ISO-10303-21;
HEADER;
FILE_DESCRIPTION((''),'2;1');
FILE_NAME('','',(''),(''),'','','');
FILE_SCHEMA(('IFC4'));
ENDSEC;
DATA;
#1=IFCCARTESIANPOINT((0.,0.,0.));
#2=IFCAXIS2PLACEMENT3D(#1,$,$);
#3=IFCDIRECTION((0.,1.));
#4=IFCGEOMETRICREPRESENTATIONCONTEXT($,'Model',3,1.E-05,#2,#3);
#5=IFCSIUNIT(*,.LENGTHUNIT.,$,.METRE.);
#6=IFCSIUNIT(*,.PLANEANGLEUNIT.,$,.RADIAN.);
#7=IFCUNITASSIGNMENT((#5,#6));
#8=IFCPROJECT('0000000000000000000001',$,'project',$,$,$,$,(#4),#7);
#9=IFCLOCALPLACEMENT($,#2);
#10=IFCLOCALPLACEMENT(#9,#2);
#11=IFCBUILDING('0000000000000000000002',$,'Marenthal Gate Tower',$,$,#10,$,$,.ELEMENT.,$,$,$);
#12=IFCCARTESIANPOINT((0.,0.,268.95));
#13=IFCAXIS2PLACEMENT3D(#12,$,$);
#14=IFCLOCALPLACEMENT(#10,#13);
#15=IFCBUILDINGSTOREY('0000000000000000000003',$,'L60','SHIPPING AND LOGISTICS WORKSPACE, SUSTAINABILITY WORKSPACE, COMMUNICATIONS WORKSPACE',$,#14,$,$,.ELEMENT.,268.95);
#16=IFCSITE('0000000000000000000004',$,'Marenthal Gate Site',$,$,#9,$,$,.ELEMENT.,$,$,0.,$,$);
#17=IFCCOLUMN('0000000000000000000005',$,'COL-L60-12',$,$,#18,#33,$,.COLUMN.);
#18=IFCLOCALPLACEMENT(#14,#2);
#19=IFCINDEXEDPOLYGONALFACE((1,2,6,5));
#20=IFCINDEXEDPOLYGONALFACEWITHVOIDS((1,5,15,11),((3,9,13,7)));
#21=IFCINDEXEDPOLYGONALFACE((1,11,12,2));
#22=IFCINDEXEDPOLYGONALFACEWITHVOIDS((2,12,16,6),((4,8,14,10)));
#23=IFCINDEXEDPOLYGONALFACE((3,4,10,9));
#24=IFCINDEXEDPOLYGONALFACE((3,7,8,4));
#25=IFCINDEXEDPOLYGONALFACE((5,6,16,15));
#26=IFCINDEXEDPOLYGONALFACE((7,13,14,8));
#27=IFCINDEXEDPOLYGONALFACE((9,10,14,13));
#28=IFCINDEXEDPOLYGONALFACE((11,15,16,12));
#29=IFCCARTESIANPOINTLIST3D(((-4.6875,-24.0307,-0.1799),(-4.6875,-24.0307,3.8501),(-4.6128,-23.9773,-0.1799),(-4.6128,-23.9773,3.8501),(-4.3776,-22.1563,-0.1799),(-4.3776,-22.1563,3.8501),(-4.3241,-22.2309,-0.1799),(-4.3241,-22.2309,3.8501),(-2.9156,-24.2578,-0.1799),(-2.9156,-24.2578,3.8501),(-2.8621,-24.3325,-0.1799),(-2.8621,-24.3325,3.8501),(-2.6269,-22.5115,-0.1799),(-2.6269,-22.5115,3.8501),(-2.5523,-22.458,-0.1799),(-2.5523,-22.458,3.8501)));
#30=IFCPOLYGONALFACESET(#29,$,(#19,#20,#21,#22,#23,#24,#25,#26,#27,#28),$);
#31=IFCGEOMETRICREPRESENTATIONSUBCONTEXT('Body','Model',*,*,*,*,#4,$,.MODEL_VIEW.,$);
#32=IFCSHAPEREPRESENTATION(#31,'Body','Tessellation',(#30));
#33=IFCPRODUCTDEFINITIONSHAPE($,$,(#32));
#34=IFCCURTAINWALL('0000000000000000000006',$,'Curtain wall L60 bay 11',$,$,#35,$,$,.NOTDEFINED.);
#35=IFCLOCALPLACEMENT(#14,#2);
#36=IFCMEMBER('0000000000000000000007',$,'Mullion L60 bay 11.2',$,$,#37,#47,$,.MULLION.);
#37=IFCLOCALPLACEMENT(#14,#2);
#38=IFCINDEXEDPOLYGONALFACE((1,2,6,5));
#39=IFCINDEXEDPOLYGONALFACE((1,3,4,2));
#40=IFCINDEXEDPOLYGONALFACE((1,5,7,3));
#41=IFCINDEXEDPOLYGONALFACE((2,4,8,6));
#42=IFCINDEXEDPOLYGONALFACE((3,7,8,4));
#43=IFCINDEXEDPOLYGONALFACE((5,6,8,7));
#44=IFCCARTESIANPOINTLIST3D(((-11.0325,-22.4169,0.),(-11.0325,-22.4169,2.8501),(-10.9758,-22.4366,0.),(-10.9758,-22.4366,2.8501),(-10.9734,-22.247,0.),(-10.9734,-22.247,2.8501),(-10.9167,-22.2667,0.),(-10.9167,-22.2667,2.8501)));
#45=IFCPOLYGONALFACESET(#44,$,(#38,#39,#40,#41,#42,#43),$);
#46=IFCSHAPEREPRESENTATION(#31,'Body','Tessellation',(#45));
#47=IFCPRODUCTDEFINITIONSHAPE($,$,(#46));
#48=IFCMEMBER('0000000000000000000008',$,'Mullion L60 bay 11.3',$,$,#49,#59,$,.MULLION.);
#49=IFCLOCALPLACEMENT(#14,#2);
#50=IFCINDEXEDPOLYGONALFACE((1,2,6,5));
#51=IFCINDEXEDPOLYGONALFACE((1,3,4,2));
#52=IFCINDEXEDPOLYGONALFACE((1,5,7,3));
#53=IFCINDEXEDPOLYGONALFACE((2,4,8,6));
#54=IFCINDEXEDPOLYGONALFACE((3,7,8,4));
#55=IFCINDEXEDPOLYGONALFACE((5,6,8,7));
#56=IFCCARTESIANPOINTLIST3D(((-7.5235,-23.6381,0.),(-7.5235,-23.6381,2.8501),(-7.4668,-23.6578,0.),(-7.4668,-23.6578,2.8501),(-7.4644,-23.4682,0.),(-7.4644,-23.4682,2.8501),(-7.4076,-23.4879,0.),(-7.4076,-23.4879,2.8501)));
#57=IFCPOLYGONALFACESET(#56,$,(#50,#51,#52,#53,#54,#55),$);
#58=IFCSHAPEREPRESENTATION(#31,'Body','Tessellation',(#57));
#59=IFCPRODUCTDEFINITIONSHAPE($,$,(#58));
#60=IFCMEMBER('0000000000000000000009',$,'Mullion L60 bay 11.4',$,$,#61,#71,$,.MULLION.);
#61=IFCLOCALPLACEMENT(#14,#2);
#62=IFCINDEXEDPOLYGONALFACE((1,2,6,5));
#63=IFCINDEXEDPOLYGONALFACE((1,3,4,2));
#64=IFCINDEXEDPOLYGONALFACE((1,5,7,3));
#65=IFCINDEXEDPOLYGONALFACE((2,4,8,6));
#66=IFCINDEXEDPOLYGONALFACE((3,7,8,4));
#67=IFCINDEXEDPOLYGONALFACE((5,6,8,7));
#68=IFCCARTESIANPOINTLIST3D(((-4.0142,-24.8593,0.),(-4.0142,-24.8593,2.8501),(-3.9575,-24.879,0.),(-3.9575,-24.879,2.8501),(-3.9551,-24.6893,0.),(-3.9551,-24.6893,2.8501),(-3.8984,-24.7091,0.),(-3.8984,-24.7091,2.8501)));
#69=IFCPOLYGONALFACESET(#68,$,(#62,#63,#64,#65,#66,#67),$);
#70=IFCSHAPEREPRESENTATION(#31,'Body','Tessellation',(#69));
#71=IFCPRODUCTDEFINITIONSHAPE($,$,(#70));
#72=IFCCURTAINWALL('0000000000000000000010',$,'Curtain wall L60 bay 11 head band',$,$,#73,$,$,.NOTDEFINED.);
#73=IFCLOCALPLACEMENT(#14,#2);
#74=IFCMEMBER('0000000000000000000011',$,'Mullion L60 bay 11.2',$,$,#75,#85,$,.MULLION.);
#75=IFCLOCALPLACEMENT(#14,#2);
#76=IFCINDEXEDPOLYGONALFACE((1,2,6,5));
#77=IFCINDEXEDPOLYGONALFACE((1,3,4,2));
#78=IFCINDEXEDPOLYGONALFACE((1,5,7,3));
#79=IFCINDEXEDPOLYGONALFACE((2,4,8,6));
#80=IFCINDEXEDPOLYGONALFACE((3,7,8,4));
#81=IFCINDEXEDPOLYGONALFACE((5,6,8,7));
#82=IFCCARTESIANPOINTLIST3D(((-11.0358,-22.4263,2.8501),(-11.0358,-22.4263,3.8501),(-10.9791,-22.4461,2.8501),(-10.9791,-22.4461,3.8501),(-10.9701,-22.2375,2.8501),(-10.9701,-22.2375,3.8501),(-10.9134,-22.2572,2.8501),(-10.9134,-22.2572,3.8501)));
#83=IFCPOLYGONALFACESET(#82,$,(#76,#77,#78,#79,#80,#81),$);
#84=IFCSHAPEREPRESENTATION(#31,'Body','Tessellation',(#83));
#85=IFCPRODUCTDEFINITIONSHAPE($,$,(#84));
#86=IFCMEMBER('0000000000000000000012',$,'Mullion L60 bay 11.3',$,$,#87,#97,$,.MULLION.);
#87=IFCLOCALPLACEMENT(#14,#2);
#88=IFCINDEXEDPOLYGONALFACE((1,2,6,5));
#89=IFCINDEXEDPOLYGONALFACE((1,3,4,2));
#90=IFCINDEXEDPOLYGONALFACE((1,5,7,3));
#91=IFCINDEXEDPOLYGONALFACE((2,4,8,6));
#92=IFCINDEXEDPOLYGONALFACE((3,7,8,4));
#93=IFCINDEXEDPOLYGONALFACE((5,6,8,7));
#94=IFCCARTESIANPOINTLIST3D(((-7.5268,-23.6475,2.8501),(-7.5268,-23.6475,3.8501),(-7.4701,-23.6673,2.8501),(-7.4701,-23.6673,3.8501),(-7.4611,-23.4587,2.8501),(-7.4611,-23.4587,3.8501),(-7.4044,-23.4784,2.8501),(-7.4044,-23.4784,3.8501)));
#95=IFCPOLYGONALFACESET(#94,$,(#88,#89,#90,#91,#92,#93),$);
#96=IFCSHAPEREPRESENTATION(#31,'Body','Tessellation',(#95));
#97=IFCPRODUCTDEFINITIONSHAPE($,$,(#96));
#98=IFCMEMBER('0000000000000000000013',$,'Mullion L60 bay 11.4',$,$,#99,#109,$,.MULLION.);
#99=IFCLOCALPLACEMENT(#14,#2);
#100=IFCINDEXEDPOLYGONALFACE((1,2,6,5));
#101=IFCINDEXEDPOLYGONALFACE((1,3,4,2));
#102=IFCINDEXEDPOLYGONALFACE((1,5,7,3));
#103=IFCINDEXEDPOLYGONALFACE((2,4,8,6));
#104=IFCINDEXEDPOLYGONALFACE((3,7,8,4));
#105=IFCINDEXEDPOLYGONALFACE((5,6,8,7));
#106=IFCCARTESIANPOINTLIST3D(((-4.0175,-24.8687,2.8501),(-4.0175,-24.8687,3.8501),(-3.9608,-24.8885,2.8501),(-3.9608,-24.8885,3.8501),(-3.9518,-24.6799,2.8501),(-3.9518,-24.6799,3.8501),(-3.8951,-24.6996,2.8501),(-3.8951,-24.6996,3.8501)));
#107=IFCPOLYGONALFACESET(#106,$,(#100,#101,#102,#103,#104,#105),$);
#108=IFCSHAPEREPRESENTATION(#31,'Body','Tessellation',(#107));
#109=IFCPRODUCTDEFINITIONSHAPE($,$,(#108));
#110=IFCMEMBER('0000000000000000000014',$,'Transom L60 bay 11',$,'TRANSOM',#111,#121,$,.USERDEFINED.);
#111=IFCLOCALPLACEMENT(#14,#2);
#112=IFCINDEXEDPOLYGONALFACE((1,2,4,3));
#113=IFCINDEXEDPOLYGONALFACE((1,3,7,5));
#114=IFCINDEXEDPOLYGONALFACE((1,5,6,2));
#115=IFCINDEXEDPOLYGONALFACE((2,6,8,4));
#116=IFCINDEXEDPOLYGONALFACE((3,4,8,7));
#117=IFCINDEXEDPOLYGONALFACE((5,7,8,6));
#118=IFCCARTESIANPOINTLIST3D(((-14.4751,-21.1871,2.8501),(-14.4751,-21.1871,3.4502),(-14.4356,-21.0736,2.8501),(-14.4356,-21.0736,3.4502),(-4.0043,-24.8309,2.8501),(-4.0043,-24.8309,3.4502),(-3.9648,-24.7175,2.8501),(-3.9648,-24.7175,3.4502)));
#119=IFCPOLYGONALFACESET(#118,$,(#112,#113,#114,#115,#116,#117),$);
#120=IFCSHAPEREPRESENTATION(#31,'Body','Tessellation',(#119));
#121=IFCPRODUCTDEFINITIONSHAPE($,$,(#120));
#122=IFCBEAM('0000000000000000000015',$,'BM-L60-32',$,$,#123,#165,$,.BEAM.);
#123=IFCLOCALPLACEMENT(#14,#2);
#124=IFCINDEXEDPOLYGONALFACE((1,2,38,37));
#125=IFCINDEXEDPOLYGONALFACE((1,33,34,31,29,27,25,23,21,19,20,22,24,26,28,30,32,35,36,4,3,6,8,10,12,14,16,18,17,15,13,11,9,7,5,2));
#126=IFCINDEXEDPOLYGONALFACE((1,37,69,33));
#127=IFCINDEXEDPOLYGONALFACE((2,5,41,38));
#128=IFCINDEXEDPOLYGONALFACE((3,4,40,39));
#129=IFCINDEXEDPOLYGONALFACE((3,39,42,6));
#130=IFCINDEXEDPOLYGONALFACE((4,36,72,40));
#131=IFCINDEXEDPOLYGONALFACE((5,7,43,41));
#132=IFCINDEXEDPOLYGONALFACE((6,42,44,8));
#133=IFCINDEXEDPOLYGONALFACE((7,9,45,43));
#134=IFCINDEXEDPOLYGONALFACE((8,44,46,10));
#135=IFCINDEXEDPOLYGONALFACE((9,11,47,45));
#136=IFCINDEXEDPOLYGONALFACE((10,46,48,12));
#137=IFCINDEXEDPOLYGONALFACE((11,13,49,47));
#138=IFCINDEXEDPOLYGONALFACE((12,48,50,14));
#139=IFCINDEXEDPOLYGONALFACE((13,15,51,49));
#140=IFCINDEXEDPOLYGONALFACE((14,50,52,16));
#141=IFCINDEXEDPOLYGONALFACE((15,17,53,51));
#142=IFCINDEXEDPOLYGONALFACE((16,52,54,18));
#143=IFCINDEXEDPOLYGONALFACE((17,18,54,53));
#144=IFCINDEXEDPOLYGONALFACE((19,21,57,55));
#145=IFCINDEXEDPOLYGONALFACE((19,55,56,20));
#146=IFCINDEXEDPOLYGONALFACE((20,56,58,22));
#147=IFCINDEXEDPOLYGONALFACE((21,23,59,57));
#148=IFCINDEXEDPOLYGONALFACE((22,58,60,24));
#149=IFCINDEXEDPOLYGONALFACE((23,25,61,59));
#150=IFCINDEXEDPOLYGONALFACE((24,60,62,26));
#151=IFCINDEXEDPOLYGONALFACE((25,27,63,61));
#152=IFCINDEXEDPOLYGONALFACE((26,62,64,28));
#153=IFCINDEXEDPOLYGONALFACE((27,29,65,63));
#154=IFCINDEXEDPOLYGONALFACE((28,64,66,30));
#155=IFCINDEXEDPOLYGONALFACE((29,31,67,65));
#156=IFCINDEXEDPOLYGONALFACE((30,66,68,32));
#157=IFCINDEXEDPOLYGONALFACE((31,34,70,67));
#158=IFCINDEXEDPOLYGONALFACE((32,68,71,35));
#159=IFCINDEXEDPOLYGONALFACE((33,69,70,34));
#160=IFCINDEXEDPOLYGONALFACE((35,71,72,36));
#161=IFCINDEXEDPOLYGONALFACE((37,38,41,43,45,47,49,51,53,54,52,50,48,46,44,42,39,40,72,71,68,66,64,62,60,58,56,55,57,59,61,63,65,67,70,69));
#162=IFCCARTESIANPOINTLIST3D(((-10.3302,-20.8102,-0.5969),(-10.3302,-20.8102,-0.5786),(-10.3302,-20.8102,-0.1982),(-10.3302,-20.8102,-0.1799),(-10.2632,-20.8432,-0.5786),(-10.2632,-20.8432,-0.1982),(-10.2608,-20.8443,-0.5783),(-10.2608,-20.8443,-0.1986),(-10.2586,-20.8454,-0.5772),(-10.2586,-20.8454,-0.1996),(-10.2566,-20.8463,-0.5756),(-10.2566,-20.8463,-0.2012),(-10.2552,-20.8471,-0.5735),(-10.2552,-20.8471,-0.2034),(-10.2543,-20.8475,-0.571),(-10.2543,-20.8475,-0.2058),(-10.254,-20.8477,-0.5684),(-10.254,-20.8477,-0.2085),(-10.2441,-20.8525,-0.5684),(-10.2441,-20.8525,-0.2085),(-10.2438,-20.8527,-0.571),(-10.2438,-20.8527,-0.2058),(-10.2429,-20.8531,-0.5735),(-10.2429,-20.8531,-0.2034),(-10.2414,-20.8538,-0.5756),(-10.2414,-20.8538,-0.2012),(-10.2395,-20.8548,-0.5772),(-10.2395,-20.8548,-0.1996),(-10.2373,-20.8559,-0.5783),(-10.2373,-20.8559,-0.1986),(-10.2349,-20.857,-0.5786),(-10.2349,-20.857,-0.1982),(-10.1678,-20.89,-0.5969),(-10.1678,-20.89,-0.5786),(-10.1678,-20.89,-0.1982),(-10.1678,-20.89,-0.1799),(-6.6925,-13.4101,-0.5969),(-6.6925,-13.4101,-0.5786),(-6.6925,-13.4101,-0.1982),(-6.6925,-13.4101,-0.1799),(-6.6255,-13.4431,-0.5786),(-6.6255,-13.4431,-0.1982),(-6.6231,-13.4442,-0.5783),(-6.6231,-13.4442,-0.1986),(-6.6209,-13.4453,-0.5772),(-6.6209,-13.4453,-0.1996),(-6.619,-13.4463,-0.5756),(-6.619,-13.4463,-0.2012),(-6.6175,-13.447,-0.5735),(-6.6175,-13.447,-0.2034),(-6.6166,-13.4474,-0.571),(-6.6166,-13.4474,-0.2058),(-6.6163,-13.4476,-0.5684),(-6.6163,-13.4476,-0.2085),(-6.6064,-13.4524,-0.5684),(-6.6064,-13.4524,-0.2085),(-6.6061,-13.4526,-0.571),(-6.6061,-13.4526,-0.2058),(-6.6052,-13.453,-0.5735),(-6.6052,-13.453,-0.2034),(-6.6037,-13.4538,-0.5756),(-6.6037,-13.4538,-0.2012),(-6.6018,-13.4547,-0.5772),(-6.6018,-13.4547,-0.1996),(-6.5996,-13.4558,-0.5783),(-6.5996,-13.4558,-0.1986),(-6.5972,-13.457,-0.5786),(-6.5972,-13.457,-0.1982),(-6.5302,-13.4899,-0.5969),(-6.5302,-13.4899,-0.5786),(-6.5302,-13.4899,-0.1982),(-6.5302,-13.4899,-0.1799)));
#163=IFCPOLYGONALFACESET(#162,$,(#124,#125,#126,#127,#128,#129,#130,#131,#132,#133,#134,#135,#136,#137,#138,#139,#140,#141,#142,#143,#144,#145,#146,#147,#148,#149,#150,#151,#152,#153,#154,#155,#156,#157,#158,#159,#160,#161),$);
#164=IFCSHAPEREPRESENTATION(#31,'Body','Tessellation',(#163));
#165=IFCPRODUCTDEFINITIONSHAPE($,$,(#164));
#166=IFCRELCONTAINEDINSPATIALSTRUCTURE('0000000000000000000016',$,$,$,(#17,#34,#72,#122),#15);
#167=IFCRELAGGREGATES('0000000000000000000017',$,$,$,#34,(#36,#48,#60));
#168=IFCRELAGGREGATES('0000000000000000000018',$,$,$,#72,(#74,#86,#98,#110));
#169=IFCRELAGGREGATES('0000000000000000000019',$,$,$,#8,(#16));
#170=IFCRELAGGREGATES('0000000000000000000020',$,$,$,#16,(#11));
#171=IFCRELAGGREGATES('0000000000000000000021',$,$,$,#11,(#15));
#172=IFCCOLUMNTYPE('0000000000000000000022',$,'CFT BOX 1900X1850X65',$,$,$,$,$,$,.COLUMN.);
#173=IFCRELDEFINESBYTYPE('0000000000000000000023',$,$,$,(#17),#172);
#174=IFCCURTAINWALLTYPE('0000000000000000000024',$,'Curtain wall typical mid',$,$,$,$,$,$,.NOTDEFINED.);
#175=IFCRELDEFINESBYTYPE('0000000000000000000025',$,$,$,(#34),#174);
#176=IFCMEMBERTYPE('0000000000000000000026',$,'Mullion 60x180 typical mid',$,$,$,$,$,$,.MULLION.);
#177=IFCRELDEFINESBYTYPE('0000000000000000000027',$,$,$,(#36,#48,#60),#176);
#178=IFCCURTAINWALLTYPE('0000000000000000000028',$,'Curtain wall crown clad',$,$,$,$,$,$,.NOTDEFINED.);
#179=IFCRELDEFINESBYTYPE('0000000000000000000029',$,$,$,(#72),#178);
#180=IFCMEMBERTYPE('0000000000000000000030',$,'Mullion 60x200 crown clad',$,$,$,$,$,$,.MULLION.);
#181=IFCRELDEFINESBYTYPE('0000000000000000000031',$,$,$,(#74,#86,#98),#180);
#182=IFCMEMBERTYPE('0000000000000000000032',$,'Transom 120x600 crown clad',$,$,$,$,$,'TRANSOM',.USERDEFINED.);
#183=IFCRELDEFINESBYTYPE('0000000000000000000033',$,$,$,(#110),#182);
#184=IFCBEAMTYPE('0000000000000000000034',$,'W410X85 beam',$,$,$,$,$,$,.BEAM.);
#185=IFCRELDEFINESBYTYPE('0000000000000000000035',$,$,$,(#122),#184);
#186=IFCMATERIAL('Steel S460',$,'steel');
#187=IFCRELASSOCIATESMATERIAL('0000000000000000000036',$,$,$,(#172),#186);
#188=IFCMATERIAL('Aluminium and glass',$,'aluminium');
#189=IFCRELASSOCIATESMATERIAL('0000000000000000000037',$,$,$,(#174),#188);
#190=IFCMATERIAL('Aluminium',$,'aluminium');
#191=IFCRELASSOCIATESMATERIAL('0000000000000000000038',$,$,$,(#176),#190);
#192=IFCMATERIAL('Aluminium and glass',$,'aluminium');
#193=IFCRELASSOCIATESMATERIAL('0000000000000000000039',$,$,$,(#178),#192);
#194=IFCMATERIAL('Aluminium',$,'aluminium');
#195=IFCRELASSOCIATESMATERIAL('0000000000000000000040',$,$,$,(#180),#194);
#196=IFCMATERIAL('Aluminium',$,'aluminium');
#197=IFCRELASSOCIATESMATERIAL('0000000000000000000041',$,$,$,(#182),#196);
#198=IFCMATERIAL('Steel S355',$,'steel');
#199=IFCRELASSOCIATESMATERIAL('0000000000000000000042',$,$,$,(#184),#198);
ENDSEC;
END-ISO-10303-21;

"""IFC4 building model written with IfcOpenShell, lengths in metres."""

from ifc_helpers import new_model, si_unit, direction, frame, origin, origin_2d, place, context, subcontext, project, spatial, rectangle, hollow_rectangle, i_section, extrude, material, material_profile, profile_set, type_object, element, aggregate, save


model = new_model("IFC4")

# Units and contexts
model_context = context("Model", 3, precision=1e-05, world=origin(), true_north=direction((0.0, 1.0)))
body_context = subcontext(model_context, "Body", "Model", "MODEL_VIEW")
ifc_project = project(units=[si_unit("LENGTHUNIT", "METRE"), si_unit("PLANEANGLEUNIT", "RADIAN")], contexts=[model_context])

# Site, building, storey
site_placement = place(None, origin())
site = spatial("IfcSite", under=ifc_project, at=site_placement, Name="Marenthal Gate Site", CompositionType="ELEMENT", RefElevation=0.0)
building_placement = place(site_placement, origin())
building = spatial("IfcBuilding", under=site, at=building_placement, Name="Marenthal Gate Tower", CompositionType="ELEMENT")
storey_placement = place(building_placement, frame((0.0, 0.0, 268.95)))
storey = spatial("IfcBuildingStorey", under=building, at=storey_placement, Name="L60", Description="SHIPPING AND LOGISTICS WORKSPACE, SUSTAINABILITY WORKSPACE, COMMUNICATIONS WORKSPACE", CompositionType="ELEMENT", Elevation=268.95)

# Column
ifc_material_1 = material(Name="Steel S460", Category="steel")
ifc_material_profile_1 = material_profile(ifc_material_1, hollow_rectangle(XDim=1.8501, YDim=1.8999, WallThickness=0.0649, at=origin_2d()), Name="CFT BOX 1900X1850X65")
ifc_material_2 = material(Name="Concrete 70 MPa", Category="concrete")
ifc_material_profile_2 = material_profile(ifc_material_2, rectangle(XDim=1.72, YDim=1.77, at=origin_2d()), Name="CFT BOX 1900X1850X65 INFILL")
ifc_profile_set_1 = profile_set([ifc_material_profile_1, ifc_material_profile_2], Name="Steel S460 shell, Concrete 70 MPa infill")
column_type = type_object("IfcColumnType", Name="CFT BOX 1900X1850X65", PredefinedType="COLUMN", material=ifc_profile_set_1)
column_placement = place(storey_placement, frame((-3.6199, -23.2444, -0.1799), z_axis=(0.0, 0.0, 1.0), x_axis=(-0.98661, 0.163097, 0.0)))
element("IfcColumn", 1, at=column_placement, inside=storey, type_object=column_type, Name="COL-L60-12", PredefinedType="COLUMN", context=body_context, shape_type="SweptSolid", body=[
    extrude(hollow_rectangle(XDim=1.8501, YDim=1.8999, WallThickness=0.0649, at=origin_2d()), origin(), (0.0, 0.0, 1.0), 4.03),
])

# Curtain walls, members
ifc_material_3 = material(Name="Aluminium and glass", Category="aluminium")
curtain_wall_type_1 = type_object("IfcCurtainWallType", Name="Curtain wall typical mid", PredefinedType="NOTDEFINED", material=ifc_material_3)
curtain_wall_1_placement = place(storey_placement, origin())
curtain_wall_1 = element("IfcCurtainWall", 2, at=curtain_wall_1_placement, inside=storey, type_object=curtain_wall_type_1, Name="Curtain wall L60 bay 11", PredefinedType="NOTDEFINED")
ifc_material_4 = material(Name="Aluminium", Category="aluminium")
ifc_material_profile_3 = material_profile(ifc_material_4, rectangle(XDim=0.1799, YDim=0.0601, at=origin_2d()), Name="60x180 aluminium mullion")
ifc_profile_set_2 = profile_set([ifc_material_profile_3], Name="Aluminium")
member_type_1 = type_object("IfcMemberType", Name="Mullion 60x180 typical mid", PredefinedType="MULLION", material=ifc_profile_set_2)
member_1_placement = place(storey_placement, frame((-10.9746, -22.3418, 0.0), z_axis=(0.0, 0.0, 1.0), x_axis=(0.32867, 0.944445, 0.0)))
member_1 = element("IfcMember", 3, at=member_1_placement, type_object=member_type_1, Name="Mullion L60 bay 11.2", PredefinedType="MULLION", context=body_context, shape_type="SweptSolid", body=[
    extrude(rectangle(XDim=0.1799, YDim=0.0601, at=origin_2d()), origin(), (0.0, 0.0, 1.0), 2.8501),
])
member_2_placement = place(storey_placement, frame((-7.4656, -23.563, 0.0), z_axis=(0.0, 0.0, 1.0), x_axis=(0.32867, 0.944445, 0.0)))
member_2 = element("IfcMember", 4, at=member_2_placement, type_object=member_type_1, Name="Mullion L60 bay 11.3", PredefinedType="MULLION", context=body_context, shape_type="SweptSolid", body=[
    extrude(rectangle(XDim=0.1799, YDim=0.0601, at=origin_2d()), origin(), (0.0, 0.0, 1.0), 2.8501),
])
member_3_placement = place(storey_placement, frame((-3.9563, -24.7842, 0.0), z_axis=(0.0, 0.0, 1.0), x_axis=(0.32867, 0.944445, 0.0)))
member_3 = element("IfcMember", 5, at=member_3_placement, type_object=member_type_1, Name="Mullion L60 bay 11.4", PredefinedType="MULLION", context=body_context, shape_type="SweptSolid", body=[
    extrude(rectangle(XDim=0.1799, YDim=0.0601, at=origin_2d()), origin(), (0.0, 0.0, 1.0), 2.8501),
])
ifc_material_5 = material(Name="Aluminium and glass", Category="aluminium")
curtain_wall_type_2 = type_object("IfcCurtainWallType", Name="Curtain wall crown clad", PredefinedType="NOTDEFINED", material=ifc_material_5)
curtain_wall_2_placement = place(storey_placement, origin())
curtain_wall_2 = element("IfcCurtainWall", 6, at=curtain_wall_2_placement, inside=storey, type_object=curtain_wall_type_2, Name="Curtain wall L60 bay 11 head band", PredefinedType="NOTDEFINED")
ifc_material_6 = material(Name="Aluminium", Category="aluminium")
ifc_material_profile_4 = material_profile(ifc_material_6, rectangle(XDim=0.2, YDim=0.0601, at=origin_2d()), Name="60x200 aluminium mullion")
ifc_profile_set_3 = profile_set([ifc_material_profile_4], Name="Aluminium")
member_type_2 = type_object("IfcMemberType", Name="Mullion 60x200 crown clad", PredefinedType="MULLION", material=ifc_profile_set_3)
member_4_placement = place(storey_placement, frame((-10.9746, -22.3418, 2.8501), z_axis=(0.0, 0.0, 1.0), x_axis=(0.32867, 0.944445, 0.0)))
member_4 = element("IfcMember", 7, at=member_4_placement, type_object=member_type_2, Name="Mullion L60 bay 11.2", PredefinedType="MULLION", context=body_context, shape_type="SweptSolid", body=[
    extrude(rectangle(XDim=0.2, YDim=0.0601, at=origin_2d()), origin(), (0.0, 0.0, 1.0), 1.0),
])
member_5_placement = place(storey_placement, frame((-7.4656, -23.563, 2.8501), z_axis=(0.0, 0.0, 1.0), x_axis=(0.32867, 0.944445, 0.0)))
member_5 = element("IfcMember", 8, at=member_5_placement, type_object=member_type_2, Name="Mullion L60 bay 11.3", PredefinedType="MULLION", context=body_context, shape_type="SweptSolid", body=[
    extrude(rectangle(XDim=0.2, YDim=0.0601, at=origin_2d()), origin(), (0.0, 0.0, 1.0), 1.0),
])
member_6_placement = place(storey_placement, frame((-3.9563, -24.7842, 2.8501), z_axis=(0.0, 0.0, 1.0), x_axis=(0.32867, 0.944445, 0.0)))
member_6 = element("IfcMember", 9, at=member_6_placement, type_object=member_type_2, Name="Mullion L60 bay 11.4", PredefinedType="MULLION", context=body_context, shape_type="SweptSolid", body=[
    extrude(rectangle(XDim=0.2, YDim=0.0601, at=origin_2d()), origin(), (0.0, 0.0, 1.0), 1.0),
])
ifc_material_7 = material(Name="Aluminium", Category="aluminium")
ifc_material_profile_5 = material_profile(ifc_material_7, rectangle(XDim=0.1201, YDim=0.6001, at=origin_2d()), Name="120x600 aluminium transom")
ifc_profile_set_4 = profile_set([ifc_material_profile_5], Name="Aluminium")
member_type_3 = type_object("IfcMemberType", Name="Transom 120x600 crown clad", ElementType="TRANSOM", PredefinedType="USERDEFINED", material=ifc_profile_set_4)
member_7_placement = place(storey_placement, frame((-14.4553, -21.1304, 3.1501), z_axis=(0.944446, -0.328667, 0.0), x_axis=(0.328667, 0.944446, 0.0)))
member_7 = element("IfcMember", 10, at=member_7_placement, type_object=member_type_3, Name="Transom L60 bay 11", ObjectType="TRANSOM", PredefinedType="USERDEFINED", context=body_context, shape_type="SweptSolid", body=[
    extrude(rectangle(XDim=0.1201, YDim=0.6001, at=origin_2d()), origin(), (0.0, 0.0, 1.0), 11.0867),
])

# Beam
ifc_material_8 = material(Name="Steel S355", Category="steel")
ifc_material_profile_6 = material_profile(ifc_material_8, i_section(OverallWidth=0.1809, OverallDepth=0.417, WebThickness=0.011, FlangeThickness=0.0183, FilletRadius=0.0103, at=origin_2d()), Name="W410X85")
ifc_profile_set_5 = profile_set([ifc_material_profile_6], Name="Steel S355")
beam_type_1 = type_object("IfcBeamType", Name="W410X85 beam", PredefinedType="BEAM", material=ifc_profile_set_5)
beam_1_placement = place(storey_placement, frame((-10.249, -20.8501, -0.3884), z_axis=(0.441152, 0.897433, 0.0), x_axis=(-0.897433, 0.441152, 0.0)))
element("IfcBeam", 11, at=beam_1_placement, inside=storey, type_object=beam_type_1, Name="BM-L60-32", PredefinedType="BEAM", context=body_context, shape_type="SweptSolid", body=[
    extrude(i_section(OverallWidth=0.1809, OverallDepth=0.417, WebThickness=0.011, FlangeThickness=0.0183, FilletRadius=0.0103, at=origin_2d()), origin(), (0.0, 0.0, 1.0), 8.2458),
])

aggregate(curtain_wall_1, [member_1, member_2, member_3])
aggregate(curtain_wall_2, [member_4, member_5, member_6, member_7])

save(model, "model.ifc")
